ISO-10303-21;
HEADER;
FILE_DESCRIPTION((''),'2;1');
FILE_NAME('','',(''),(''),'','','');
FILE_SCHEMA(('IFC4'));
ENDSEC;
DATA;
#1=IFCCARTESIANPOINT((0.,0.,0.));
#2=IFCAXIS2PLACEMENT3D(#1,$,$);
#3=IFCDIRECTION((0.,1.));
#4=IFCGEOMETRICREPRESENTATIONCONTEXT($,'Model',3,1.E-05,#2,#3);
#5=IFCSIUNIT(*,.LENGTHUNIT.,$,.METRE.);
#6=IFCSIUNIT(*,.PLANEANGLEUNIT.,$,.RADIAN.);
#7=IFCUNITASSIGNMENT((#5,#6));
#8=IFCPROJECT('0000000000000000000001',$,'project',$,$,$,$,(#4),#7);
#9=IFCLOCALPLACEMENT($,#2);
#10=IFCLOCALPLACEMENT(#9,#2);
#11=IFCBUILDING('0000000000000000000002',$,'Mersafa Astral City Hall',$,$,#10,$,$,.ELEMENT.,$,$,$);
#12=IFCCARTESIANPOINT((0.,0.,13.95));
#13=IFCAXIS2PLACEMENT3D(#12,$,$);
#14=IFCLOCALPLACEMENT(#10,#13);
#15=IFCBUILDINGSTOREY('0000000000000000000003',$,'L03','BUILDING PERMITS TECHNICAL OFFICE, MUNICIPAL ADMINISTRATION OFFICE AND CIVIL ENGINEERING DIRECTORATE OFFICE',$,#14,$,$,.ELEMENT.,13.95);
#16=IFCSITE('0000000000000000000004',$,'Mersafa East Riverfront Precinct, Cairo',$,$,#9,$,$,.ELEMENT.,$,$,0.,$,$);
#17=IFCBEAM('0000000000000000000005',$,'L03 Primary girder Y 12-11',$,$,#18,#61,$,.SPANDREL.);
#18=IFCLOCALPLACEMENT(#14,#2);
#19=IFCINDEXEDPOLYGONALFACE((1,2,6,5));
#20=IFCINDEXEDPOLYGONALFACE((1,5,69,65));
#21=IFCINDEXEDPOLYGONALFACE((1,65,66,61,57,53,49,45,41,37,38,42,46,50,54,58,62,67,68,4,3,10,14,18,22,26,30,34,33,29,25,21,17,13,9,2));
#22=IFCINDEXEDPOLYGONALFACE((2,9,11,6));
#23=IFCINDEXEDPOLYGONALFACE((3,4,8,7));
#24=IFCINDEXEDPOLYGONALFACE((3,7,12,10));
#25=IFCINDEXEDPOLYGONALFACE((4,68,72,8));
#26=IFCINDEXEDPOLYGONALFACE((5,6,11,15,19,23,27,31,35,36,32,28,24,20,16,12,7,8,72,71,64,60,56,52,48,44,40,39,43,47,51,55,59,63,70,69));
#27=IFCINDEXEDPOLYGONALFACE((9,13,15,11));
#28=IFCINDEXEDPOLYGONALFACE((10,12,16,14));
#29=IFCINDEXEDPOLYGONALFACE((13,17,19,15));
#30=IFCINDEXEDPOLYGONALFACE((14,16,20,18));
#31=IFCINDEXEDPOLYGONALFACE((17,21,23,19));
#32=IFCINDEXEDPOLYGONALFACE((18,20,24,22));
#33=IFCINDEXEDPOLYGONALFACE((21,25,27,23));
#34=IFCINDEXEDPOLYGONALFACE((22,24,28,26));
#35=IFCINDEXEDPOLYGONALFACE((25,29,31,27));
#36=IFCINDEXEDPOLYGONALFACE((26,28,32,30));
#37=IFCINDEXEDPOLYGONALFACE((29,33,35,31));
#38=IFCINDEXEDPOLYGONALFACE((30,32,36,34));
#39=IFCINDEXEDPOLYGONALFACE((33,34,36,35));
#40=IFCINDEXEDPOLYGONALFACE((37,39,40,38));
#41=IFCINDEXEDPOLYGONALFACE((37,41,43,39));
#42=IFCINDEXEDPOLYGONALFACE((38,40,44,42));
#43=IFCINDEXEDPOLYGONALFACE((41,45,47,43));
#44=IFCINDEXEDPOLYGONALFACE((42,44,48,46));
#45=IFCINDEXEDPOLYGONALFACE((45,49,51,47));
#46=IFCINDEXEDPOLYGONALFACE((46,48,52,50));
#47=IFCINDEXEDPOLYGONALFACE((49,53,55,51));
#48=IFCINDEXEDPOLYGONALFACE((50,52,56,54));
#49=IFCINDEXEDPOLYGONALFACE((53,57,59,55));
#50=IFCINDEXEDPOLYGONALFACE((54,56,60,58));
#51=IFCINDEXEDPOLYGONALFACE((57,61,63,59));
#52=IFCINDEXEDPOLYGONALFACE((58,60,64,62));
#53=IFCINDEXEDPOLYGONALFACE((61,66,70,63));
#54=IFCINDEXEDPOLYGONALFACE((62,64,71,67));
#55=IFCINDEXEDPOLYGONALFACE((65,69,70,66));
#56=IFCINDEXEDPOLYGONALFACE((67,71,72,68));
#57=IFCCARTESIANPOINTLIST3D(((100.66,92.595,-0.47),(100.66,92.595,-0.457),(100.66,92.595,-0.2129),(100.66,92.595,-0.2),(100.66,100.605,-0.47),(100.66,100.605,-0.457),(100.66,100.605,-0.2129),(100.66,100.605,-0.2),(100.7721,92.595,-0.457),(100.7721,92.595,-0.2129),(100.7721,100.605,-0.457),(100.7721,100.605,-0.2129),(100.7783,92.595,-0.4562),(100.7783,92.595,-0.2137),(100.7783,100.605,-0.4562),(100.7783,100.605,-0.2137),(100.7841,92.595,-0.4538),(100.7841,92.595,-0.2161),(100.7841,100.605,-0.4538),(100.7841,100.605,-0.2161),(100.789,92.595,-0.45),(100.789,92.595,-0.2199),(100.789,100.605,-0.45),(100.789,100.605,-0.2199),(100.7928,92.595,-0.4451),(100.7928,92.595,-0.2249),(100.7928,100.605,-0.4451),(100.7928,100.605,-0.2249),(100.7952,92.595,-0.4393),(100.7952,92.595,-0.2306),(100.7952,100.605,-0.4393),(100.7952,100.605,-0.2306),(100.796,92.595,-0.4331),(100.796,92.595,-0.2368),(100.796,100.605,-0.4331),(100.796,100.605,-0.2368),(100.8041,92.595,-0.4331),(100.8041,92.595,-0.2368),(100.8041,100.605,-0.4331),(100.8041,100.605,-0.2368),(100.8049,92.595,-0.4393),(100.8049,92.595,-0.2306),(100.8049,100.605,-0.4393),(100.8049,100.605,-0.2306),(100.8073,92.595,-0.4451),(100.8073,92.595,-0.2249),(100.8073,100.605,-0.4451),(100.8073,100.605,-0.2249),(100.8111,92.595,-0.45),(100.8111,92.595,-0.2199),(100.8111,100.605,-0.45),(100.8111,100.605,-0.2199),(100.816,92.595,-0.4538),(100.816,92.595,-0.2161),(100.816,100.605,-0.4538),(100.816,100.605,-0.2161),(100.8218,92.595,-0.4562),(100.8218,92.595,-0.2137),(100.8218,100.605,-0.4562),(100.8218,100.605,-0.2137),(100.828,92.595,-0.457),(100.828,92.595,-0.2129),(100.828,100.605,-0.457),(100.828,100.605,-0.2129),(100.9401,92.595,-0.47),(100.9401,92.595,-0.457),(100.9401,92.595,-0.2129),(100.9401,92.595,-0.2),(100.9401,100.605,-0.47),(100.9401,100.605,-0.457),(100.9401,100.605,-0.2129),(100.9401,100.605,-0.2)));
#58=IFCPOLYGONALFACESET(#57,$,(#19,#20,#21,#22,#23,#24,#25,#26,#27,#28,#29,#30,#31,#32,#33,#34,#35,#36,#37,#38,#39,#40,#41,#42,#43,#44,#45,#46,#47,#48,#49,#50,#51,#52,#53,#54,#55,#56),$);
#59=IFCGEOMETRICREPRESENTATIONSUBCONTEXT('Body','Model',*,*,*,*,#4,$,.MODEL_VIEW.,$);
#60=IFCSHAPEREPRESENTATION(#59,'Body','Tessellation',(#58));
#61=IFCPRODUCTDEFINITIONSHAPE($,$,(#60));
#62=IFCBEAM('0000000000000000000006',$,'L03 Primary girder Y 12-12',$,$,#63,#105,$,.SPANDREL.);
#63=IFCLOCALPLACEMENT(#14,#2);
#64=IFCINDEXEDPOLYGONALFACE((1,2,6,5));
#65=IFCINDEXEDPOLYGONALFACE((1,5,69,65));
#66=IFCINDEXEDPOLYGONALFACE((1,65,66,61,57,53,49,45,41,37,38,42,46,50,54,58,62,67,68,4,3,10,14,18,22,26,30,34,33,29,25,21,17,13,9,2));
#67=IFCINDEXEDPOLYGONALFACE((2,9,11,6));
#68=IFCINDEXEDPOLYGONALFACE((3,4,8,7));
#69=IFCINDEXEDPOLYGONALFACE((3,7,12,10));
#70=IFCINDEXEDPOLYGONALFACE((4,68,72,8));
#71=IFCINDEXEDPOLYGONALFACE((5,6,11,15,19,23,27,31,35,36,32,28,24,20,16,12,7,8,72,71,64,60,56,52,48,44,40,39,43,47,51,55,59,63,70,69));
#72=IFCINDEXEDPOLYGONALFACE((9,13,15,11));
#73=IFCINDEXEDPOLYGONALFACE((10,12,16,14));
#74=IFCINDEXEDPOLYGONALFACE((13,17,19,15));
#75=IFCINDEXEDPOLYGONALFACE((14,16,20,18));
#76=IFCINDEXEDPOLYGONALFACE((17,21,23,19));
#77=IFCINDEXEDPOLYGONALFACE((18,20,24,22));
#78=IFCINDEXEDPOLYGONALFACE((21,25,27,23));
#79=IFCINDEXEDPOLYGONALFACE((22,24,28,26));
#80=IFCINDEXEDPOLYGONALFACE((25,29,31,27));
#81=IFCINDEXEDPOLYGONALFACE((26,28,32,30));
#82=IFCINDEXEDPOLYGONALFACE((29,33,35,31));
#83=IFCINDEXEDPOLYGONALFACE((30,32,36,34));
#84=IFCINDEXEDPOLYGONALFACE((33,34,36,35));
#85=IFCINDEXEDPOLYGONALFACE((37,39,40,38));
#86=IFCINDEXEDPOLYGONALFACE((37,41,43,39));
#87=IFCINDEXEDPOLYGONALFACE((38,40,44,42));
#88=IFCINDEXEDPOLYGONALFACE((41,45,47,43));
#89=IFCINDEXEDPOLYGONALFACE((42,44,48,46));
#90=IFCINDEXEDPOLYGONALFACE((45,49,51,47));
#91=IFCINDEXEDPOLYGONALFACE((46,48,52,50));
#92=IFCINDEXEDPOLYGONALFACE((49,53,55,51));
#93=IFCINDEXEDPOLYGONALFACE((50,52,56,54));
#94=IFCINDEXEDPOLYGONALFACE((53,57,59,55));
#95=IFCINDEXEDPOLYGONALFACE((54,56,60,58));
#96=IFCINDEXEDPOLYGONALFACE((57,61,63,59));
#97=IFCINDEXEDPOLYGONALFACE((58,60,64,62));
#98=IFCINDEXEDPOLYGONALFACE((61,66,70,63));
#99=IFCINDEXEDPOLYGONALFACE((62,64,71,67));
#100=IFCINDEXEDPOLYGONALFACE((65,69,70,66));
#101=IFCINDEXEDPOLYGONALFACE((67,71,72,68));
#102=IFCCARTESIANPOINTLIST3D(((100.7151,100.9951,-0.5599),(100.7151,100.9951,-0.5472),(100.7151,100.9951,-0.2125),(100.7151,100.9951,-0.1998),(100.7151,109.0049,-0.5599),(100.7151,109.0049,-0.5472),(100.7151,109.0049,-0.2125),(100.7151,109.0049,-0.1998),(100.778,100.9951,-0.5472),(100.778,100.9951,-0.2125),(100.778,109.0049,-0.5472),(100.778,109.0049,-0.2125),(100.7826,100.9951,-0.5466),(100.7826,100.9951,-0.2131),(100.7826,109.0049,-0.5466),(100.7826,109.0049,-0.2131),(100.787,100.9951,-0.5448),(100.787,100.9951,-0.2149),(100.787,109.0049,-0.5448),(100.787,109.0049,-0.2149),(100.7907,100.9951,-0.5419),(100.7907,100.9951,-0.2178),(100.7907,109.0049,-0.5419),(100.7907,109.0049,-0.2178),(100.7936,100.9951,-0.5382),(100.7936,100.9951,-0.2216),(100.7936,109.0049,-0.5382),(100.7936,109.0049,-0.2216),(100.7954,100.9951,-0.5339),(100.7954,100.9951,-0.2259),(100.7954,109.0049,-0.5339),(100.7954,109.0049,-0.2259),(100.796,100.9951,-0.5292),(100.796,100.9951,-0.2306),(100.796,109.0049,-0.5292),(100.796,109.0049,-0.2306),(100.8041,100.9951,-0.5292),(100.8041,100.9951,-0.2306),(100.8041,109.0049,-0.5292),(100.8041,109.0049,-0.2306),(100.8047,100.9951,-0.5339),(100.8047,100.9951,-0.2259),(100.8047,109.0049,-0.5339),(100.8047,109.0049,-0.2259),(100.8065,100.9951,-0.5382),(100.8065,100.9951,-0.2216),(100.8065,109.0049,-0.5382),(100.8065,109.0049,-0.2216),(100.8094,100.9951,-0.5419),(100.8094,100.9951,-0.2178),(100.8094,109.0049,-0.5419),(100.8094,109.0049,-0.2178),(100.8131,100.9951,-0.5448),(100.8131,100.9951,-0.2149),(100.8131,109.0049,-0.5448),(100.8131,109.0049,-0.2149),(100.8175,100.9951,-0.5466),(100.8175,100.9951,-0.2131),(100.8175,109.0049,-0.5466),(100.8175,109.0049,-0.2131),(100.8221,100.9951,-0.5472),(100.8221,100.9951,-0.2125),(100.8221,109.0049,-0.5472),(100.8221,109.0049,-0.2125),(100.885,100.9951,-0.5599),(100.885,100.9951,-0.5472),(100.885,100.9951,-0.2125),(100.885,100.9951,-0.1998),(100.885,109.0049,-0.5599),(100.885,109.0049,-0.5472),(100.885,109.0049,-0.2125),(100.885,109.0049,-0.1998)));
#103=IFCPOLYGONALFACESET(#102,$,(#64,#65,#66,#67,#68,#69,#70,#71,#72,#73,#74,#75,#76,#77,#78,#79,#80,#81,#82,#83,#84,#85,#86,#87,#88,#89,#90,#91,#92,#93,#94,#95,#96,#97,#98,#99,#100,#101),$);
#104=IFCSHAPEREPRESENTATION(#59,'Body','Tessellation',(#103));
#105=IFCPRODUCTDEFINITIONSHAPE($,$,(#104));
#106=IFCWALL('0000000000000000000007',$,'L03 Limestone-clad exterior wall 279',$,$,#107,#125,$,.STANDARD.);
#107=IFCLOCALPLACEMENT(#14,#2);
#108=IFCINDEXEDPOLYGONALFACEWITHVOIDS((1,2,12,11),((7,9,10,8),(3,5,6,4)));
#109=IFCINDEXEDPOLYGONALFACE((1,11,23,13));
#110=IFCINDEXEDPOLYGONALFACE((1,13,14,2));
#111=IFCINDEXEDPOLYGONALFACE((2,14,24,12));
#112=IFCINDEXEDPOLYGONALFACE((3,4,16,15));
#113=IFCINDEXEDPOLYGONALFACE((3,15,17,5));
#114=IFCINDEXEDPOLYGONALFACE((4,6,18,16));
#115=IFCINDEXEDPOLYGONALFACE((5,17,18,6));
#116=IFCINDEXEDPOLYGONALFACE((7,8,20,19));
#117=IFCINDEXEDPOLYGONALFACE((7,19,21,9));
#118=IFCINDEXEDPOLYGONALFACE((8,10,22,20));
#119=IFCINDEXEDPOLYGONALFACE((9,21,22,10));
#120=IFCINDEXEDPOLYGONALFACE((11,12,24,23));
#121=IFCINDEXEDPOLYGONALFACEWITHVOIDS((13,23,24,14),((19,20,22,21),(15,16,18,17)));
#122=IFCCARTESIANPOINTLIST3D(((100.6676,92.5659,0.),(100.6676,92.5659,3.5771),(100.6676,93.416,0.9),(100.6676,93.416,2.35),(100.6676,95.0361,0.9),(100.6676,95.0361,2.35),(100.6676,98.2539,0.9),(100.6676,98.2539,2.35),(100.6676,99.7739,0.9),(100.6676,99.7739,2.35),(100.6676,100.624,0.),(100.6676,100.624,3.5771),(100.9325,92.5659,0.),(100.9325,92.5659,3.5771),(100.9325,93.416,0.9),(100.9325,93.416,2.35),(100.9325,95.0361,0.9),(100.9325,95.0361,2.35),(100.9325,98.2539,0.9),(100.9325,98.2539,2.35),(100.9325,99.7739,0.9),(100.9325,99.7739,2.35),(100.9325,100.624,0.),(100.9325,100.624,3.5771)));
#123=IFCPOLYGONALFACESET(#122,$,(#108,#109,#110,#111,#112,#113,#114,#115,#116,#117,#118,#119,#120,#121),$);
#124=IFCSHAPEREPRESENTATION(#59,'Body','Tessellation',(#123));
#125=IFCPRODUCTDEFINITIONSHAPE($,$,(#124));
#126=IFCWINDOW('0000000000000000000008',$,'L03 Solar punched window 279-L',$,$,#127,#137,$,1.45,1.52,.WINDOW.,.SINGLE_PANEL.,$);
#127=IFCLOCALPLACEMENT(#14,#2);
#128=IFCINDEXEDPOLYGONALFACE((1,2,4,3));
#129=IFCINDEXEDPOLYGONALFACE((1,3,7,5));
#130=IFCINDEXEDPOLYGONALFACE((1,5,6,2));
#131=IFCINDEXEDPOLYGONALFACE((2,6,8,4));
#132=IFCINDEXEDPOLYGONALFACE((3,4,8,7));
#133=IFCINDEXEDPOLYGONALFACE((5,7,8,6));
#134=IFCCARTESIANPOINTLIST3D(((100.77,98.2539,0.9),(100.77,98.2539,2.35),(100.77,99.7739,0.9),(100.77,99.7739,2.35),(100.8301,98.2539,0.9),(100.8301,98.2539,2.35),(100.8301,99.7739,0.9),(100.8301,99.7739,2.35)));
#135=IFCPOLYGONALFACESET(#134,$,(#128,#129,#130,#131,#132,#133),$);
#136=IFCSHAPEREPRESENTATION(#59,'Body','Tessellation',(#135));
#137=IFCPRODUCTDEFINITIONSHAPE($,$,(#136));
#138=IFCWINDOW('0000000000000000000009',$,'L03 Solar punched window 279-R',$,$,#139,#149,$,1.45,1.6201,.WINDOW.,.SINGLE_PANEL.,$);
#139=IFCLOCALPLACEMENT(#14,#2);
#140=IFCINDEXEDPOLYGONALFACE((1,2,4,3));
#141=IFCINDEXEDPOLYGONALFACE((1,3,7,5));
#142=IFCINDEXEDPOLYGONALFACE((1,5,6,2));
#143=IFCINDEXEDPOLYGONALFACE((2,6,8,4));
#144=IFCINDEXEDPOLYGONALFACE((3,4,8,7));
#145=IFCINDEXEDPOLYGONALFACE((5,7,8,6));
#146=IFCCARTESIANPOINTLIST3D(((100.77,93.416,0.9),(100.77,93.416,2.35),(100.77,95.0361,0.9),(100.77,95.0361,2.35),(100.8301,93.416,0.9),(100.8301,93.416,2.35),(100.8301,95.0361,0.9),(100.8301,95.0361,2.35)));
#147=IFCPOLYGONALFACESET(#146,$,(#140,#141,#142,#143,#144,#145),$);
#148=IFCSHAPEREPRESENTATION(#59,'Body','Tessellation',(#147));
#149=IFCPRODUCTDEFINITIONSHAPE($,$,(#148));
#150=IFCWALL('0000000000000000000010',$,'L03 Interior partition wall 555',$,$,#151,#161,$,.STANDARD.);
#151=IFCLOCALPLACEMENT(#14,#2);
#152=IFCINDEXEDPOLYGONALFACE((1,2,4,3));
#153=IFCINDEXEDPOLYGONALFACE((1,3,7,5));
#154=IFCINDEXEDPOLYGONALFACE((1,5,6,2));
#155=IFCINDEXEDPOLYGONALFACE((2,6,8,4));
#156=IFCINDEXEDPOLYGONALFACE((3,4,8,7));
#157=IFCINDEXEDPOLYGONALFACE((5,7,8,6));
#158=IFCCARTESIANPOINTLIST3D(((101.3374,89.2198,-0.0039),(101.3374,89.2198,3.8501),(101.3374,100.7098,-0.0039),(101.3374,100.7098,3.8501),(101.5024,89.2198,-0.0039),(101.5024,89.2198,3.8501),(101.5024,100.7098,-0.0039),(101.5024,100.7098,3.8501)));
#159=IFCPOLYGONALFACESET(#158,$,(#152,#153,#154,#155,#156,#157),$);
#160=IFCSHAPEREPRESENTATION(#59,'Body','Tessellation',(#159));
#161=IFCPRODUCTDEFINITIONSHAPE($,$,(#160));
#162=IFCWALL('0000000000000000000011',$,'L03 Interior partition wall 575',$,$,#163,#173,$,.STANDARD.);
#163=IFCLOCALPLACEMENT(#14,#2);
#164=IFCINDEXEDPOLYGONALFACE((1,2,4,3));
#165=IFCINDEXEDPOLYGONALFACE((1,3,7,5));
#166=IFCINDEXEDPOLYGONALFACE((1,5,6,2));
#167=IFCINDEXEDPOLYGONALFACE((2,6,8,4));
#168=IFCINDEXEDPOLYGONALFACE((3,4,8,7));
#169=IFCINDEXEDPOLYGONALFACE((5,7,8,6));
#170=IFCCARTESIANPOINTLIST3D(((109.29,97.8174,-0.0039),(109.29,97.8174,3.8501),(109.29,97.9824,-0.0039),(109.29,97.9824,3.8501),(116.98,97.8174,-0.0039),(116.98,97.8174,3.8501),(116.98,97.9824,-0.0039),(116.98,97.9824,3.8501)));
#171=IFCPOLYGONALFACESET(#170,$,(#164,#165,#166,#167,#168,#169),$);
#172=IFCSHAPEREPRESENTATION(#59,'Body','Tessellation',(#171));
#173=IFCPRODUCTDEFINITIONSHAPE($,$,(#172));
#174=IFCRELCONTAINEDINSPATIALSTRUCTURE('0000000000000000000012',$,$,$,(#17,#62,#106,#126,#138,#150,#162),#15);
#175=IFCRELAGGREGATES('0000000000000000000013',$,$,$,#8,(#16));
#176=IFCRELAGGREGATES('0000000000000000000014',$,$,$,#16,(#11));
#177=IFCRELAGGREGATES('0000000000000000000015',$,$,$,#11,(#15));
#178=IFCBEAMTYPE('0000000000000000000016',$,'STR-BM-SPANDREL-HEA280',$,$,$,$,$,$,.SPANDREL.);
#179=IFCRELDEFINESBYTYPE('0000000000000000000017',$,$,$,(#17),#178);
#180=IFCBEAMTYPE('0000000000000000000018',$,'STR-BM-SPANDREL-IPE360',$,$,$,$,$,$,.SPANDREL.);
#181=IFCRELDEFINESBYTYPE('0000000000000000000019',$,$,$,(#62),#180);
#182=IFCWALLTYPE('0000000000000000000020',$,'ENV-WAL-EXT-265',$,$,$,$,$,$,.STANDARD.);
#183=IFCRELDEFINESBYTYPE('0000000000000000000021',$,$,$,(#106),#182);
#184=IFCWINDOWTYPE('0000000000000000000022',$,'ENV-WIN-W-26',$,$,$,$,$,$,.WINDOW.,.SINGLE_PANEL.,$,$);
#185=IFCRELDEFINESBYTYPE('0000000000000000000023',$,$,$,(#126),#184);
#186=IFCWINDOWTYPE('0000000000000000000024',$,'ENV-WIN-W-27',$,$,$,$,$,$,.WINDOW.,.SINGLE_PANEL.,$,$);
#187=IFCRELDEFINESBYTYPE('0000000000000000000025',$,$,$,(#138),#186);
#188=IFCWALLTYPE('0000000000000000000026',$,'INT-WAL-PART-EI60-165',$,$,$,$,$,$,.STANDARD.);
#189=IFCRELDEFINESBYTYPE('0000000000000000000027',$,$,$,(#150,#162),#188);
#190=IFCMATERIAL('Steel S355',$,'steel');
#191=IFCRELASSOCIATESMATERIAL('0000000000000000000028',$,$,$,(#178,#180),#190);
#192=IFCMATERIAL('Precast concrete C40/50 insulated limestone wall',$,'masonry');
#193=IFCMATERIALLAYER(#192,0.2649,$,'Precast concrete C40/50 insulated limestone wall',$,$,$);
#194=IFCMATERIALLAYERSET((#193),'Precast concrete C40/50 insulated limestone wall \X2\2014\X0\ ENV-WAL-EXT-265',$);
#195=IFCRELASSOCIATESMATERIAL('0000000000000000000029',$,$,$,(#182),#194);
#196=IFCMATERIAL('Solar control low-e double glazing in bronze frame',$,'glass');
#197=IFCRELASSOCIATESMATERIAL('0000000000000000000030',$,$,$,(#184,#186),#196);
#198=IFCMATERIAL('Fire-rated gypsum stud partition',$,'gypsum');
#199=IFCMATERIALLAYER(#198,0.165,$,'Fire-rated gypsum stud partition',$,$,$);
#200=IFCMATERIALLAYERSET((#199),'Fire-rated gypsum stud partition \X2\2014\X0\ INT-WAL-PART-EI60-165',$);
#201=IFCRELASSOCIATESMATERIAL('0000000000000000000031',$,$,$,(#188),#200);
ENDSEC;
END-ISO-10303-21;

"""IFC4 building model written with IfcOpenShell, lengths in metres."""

from ifc_helpers import new_model, si_unit, direction, frame, frame_2d, origin, origin_2d, place, context, subcontext, project, spatial, rectangle, i_section, extrude, material, layer, layer_set, material_profile, profile_set, type_object, element, fill, save


model = new_model("IFC4")

# Units and contexts
model_context = context("Model", 3, precision=1e-05, world=origin(), true_north=direction((0.0, 1.0)))
body_context = subcontext(model_context, "Body", "Model", "MODEL_VIEW")
ifc_project = project(units=[si_unit("LENGTHUNIT", "METRE"), si_unit("PLANEANGLEUNIT", "RADIAN")], contexts=[model_context])

# Site, building, storey
site_placement = place(None, origin())
site = spatial("IfcSite", under=ifc_project, at=site_placement, Name="Mersafa East Riverfront Precinct, Cairo", CompositionType="ELEMENT", RefElevation=0.0)
building_placement = place(site_placement, origin())
building = spatial("IfcBuilding", under=site, at=building_placement, Name="Mersafa Astral City Hall", CompositionType="ELEMENT")
storey_placement = place(building_placement, frame((0.0, 0.0, 13.95)))
storey = spatial("IfcBuildingStorey", under=building, at=storey_placement, Name="L03", Description="BUILDING PERMITS TECHNICAL OFFICE, MUNICIPAL ADMINISTRATION OFFICE AND CIVIL ENGINEERING DIRECTORATE OFFICE", CompositionType="ELEMENT", Elevation=13.95)

# Shared definitions
ifc_material_1 = material(Name="Steel S355", Category="steel")

# Beams
ifc_material_profile_1 = material_profile(ifc_material_1, i_section(OverallWidth=0.28, OverallDepth=0.27, WebThickness=0.0081, FlangeThickness=0.0129, FilletRadius=0.0239, at=origin_2d()), Name="HEA 280")
ifc_profile_set_1 = profile_set([ifc_material_profile_1], Name="Steel S355")
beam_type_1 = type_object("IfcBeamType", Name="STR-BM-SPANDREL-HEA280", PredefinedType="SPANDREL", material=ifc_profile_set_1)
beam_1_placement = place(storey_placement, frame((100.8, 92.595, -0.335), z_axis=(0.0, 1.0, 0.0), x_axis=(-1.0, 0.0, 0.0)))
element("IfcBeam", 1, at=beam_1_placement, inside=storey, type_object=beam_type_1, Name="L03 Primary girder Y 12-11", PredefinedType="SPANDREL", context=body_context, shape_type="SweptSolid", body=[
    extrude(i_section(OverallWidth=0.28, OverallDepth=0.27, WebThickness=0.0081, FlangeThickness=0.0129, FilletRadius=0.0239, at=origin_2d()), origin(), (0.0, 0.0, 1.0), 8.01),
])
ifc_material_profile_2 = material_profile(ifc_material_1, i_section(OverallWidth=0.1699, OverallDepth=0.3601, WebThickness=0.0081, FlangeThickness=0.0127, FilletRadius=0.0181, at=origin_2d()), Name="IPE 360")
ifc_profile_set_2 = profile_set([ifc_material_profile_2], Name="Steel S355")
beam_type_2 = type_object("IfcBeamType", Name="STR-BM-SPANDREL-IPE360", PredefinedType="SPANDREL", material=ifc_profile_set_2)
beam_2_placement = place(storey_placement, frame((100.8, 100.9951, -0.3799), z_axis=(0.0, 1.0, 0.0), x_axis=(-1.0, 0.0, 0.0)))
element("IfcBeam", 2, at=beam_2_placement, inside=storey, type_object=beam_type_2, Name="L03 Primary girder Y 12-12", PredefinedType="SPANDREL", context=body_context, shape_type="SweptSolid", body=[
    extrude(i_section(OverallWidth=0.1699, OverallDepth=0.3601, WebThickness=0.0081, FlangeThickness=0.0127, FilletRadius=0.0181, at=origin_2d()), origin(), (0.0, 0.0, 1.0), 8.0098),
])

# Wall, openings, windows
ifc_material_2 = material(Name="Precast concrete C40/50 insulated limestone wall", Category="masonry")
ifc_layer_1 = layer(ifc_material_2, 0.2649, Name="Precast concrete C40/50 insulated limestone wall")
ifc_layer_set_1 = layer_set([ifc_layer_1], Name="Precast concrete C40/50 insulated limestone wall — ENV-WAL-EXT-265")
wall_type_1 = type_object("IfcWallType", Name="ENV-WAL-EXT-265", PredefinedType="STANDARD", material=ifc_layer_set_1)
wall_1_placement = place(storey_placement, frame((100.8, 100.624, 0.0), z_axis=(0.0, 0.0, 1.0), x_axis=(0.0, -1.0, 0.0)))
wall_1 = element("IfcWall", 3, at=wall_1_placement, inside=storey, type_object=wall_type_1, Name="L03 Limestone-clad exterior wall 279", PredefinedType="STANDARD", context=body_context, shape_type="SweptSolid", body=[
    extrude(rectangle(XDim=8.0581, YDim=0.2649, at=frame_2d((4.0291, 0.0))), origin(), (0.0, 0.0, 1.0), 3.5771),
])
opening_1_placement = place(wall_1_placement, frame((0.8501, 0.0, 0.8999)))
opening_1 = element("IfcOpeningElement", 4, at=opening_1_placement, cuts=wall_1, PredefinedType="OPENING", context=body_context, shape_type="SweptSolid", body=[
    extrude(rectangle(XDim=1.52, YDim=1.45, at=frame_2d((0.76, 0.7251))), frame((0.0, 0.1423, 0.0), z_axis=(0.0, -1.0, 0.0), x_axis=(1.0, 0.0, 0.0)), (0.0, 0.0, 1.0), 0.2849),
])
opening_2_placement = place(wall_1_placement, frame((5.5879, 0.0, 0.8999)))
opening_2 = element("IfcOpeningElement", 5, at=opening_2_placement, cuts=wall_1, PredefinedType="OPENING", context=body_context, shape_type="SweptSolid", body=[
    extrude(rectangle(XDim=1.6201, YDim=1.45, at=frame_2d((0.8101, 0.7251))), frame((0.0, 0.1423, 0.0), z_axis=(0.0, -1.0, 0.0), x_axis=(1.0, 0.0, 0.0)), (0.0, 0.0, 1.0), 0.2849),
])
ifc_material_3 = material(Name="Solar control low-e double glazing in bronze frame", Category="glass")
window_type_1 = type_object("IfcWindowType", Name="ENV-WIN-W-26", PartitioningType="SINGLE_PANEL", PredefinedType="WINDOW", material=ifc_material_3)
window_1_placement = place(opening_1_placement, origin())
window_1 = element("IfcWindow", 6, at=window_1_placement, inside=storey, type_object=window_type_1, Name="L03 Solar punched window 279-L", OverallHeight=1.45, OverallWidth=1.52, PartitioningType="SINGLE_PANEL", PredefinedType="WINDOW", context=body_context, shape_type="SweptSolid", body=[
    extrude(rectangle(XDim=1.52, YDim=1.45, at=frame_2d((0.76, 0.7251))), frame((0.0, 0.03, 0.0), z_axis=(0.0, -1.0, 0.0), x_axis=(1.0, 0.0, 0.0)), (0.0, 0.0, 1.0), 0.0601),
])
fill(opening_1, window_1)
window_type_2 = type_object("IfcWindowType", Name="ENV-WIN-W-27", PartitioningType="SINGLE_PANEL", PredefinedType="WINDOW", material=ifc_material_3)
window_2_placement = place(opening_2_placement, origin())
window_2 = element("IfcWindow", 7, at=window_2_placement, inside=storey, type_object=window_type_2, Name="L03 Solar punched window 279-R", OverallHeight=1.45, OverallWidth=1.6201, PartitioningType="SINGLE_PANEL", PredefinedType="WINDOW", context=body_context, shape_type="SweptSolid", body=[
    extrude(rectangle(XDim=1.6201, YDim=1.45, at=frame_2d((0.8101, 0.7251))), frame((0.0, 0.03, 0.0), z_axis=(0.0, -1.0, 0.0), x_axis=(1.0, 0.0, 0.0)), (0.0, 0.0, 1.0), 0.0601),
])
fill(opening_2, window_2)

# Walls
ifc_material_4 = material(Name="Fire-rated gypsum stud partition", Category="gypsum")
ifc_layer_2 = layer(ifc_material_4, 0.165, Name="Fire-rated gypsum stud partition")
ifc_layer_set_2 = layer_set([ifc_layer_2], Name="Fire-rated gypsum stud partition — INT-WAL-PART-EI60-165")
wall_type_2 = type_object("IfcWallType", Name="INT-WAL-PART-EI60-165", PredefinedType="STANDARD", material=ifc_layer_set_2)
wall_2_placement = place(storey_placement, frame((101.4199, 100.71, -0.0039), z_axis=(0.0, 0.0, 1.0), x_axis=(0.0, -1.0, 0.0)))
element("IfcWall", 8, at=wall_2_placement, inside=storey, type_object=wall_type_2, Name="L03 Interior partition wall 555", PredefinedType="STANDARD", context=body_context, shape_type="SweptSolid", body=[
    extrude(rectangle(XDim=11.49, YDim=0.165, at=frame_2d((5.7451, 0.0))), origin(), (0.0, 0.0, 1.0), 3.854),
])
wall_3_placement = place(storey_placement, frame((109.29, 97.8999, -0.0039), z_axis=(0.0, 0.0, 1.0), x_axis=(1.0, 0.0, 0.0)))
element("IfcWall", 9, at=wall_3_placement, inside=storey, type_object=wall_type_2, Name="L03 Interior partition wall 575", PredefinedType="STANDARD", context=body_context, shape_type="SweptSolid", body=[
    extrude(rectangle(XDim=7.6899, YDim=0.165, at=frame_2d((3.845, 0.0))), origin(), (0.0, 0.0, 1.0), 3.854),
])

save(model, "model.ifc")
